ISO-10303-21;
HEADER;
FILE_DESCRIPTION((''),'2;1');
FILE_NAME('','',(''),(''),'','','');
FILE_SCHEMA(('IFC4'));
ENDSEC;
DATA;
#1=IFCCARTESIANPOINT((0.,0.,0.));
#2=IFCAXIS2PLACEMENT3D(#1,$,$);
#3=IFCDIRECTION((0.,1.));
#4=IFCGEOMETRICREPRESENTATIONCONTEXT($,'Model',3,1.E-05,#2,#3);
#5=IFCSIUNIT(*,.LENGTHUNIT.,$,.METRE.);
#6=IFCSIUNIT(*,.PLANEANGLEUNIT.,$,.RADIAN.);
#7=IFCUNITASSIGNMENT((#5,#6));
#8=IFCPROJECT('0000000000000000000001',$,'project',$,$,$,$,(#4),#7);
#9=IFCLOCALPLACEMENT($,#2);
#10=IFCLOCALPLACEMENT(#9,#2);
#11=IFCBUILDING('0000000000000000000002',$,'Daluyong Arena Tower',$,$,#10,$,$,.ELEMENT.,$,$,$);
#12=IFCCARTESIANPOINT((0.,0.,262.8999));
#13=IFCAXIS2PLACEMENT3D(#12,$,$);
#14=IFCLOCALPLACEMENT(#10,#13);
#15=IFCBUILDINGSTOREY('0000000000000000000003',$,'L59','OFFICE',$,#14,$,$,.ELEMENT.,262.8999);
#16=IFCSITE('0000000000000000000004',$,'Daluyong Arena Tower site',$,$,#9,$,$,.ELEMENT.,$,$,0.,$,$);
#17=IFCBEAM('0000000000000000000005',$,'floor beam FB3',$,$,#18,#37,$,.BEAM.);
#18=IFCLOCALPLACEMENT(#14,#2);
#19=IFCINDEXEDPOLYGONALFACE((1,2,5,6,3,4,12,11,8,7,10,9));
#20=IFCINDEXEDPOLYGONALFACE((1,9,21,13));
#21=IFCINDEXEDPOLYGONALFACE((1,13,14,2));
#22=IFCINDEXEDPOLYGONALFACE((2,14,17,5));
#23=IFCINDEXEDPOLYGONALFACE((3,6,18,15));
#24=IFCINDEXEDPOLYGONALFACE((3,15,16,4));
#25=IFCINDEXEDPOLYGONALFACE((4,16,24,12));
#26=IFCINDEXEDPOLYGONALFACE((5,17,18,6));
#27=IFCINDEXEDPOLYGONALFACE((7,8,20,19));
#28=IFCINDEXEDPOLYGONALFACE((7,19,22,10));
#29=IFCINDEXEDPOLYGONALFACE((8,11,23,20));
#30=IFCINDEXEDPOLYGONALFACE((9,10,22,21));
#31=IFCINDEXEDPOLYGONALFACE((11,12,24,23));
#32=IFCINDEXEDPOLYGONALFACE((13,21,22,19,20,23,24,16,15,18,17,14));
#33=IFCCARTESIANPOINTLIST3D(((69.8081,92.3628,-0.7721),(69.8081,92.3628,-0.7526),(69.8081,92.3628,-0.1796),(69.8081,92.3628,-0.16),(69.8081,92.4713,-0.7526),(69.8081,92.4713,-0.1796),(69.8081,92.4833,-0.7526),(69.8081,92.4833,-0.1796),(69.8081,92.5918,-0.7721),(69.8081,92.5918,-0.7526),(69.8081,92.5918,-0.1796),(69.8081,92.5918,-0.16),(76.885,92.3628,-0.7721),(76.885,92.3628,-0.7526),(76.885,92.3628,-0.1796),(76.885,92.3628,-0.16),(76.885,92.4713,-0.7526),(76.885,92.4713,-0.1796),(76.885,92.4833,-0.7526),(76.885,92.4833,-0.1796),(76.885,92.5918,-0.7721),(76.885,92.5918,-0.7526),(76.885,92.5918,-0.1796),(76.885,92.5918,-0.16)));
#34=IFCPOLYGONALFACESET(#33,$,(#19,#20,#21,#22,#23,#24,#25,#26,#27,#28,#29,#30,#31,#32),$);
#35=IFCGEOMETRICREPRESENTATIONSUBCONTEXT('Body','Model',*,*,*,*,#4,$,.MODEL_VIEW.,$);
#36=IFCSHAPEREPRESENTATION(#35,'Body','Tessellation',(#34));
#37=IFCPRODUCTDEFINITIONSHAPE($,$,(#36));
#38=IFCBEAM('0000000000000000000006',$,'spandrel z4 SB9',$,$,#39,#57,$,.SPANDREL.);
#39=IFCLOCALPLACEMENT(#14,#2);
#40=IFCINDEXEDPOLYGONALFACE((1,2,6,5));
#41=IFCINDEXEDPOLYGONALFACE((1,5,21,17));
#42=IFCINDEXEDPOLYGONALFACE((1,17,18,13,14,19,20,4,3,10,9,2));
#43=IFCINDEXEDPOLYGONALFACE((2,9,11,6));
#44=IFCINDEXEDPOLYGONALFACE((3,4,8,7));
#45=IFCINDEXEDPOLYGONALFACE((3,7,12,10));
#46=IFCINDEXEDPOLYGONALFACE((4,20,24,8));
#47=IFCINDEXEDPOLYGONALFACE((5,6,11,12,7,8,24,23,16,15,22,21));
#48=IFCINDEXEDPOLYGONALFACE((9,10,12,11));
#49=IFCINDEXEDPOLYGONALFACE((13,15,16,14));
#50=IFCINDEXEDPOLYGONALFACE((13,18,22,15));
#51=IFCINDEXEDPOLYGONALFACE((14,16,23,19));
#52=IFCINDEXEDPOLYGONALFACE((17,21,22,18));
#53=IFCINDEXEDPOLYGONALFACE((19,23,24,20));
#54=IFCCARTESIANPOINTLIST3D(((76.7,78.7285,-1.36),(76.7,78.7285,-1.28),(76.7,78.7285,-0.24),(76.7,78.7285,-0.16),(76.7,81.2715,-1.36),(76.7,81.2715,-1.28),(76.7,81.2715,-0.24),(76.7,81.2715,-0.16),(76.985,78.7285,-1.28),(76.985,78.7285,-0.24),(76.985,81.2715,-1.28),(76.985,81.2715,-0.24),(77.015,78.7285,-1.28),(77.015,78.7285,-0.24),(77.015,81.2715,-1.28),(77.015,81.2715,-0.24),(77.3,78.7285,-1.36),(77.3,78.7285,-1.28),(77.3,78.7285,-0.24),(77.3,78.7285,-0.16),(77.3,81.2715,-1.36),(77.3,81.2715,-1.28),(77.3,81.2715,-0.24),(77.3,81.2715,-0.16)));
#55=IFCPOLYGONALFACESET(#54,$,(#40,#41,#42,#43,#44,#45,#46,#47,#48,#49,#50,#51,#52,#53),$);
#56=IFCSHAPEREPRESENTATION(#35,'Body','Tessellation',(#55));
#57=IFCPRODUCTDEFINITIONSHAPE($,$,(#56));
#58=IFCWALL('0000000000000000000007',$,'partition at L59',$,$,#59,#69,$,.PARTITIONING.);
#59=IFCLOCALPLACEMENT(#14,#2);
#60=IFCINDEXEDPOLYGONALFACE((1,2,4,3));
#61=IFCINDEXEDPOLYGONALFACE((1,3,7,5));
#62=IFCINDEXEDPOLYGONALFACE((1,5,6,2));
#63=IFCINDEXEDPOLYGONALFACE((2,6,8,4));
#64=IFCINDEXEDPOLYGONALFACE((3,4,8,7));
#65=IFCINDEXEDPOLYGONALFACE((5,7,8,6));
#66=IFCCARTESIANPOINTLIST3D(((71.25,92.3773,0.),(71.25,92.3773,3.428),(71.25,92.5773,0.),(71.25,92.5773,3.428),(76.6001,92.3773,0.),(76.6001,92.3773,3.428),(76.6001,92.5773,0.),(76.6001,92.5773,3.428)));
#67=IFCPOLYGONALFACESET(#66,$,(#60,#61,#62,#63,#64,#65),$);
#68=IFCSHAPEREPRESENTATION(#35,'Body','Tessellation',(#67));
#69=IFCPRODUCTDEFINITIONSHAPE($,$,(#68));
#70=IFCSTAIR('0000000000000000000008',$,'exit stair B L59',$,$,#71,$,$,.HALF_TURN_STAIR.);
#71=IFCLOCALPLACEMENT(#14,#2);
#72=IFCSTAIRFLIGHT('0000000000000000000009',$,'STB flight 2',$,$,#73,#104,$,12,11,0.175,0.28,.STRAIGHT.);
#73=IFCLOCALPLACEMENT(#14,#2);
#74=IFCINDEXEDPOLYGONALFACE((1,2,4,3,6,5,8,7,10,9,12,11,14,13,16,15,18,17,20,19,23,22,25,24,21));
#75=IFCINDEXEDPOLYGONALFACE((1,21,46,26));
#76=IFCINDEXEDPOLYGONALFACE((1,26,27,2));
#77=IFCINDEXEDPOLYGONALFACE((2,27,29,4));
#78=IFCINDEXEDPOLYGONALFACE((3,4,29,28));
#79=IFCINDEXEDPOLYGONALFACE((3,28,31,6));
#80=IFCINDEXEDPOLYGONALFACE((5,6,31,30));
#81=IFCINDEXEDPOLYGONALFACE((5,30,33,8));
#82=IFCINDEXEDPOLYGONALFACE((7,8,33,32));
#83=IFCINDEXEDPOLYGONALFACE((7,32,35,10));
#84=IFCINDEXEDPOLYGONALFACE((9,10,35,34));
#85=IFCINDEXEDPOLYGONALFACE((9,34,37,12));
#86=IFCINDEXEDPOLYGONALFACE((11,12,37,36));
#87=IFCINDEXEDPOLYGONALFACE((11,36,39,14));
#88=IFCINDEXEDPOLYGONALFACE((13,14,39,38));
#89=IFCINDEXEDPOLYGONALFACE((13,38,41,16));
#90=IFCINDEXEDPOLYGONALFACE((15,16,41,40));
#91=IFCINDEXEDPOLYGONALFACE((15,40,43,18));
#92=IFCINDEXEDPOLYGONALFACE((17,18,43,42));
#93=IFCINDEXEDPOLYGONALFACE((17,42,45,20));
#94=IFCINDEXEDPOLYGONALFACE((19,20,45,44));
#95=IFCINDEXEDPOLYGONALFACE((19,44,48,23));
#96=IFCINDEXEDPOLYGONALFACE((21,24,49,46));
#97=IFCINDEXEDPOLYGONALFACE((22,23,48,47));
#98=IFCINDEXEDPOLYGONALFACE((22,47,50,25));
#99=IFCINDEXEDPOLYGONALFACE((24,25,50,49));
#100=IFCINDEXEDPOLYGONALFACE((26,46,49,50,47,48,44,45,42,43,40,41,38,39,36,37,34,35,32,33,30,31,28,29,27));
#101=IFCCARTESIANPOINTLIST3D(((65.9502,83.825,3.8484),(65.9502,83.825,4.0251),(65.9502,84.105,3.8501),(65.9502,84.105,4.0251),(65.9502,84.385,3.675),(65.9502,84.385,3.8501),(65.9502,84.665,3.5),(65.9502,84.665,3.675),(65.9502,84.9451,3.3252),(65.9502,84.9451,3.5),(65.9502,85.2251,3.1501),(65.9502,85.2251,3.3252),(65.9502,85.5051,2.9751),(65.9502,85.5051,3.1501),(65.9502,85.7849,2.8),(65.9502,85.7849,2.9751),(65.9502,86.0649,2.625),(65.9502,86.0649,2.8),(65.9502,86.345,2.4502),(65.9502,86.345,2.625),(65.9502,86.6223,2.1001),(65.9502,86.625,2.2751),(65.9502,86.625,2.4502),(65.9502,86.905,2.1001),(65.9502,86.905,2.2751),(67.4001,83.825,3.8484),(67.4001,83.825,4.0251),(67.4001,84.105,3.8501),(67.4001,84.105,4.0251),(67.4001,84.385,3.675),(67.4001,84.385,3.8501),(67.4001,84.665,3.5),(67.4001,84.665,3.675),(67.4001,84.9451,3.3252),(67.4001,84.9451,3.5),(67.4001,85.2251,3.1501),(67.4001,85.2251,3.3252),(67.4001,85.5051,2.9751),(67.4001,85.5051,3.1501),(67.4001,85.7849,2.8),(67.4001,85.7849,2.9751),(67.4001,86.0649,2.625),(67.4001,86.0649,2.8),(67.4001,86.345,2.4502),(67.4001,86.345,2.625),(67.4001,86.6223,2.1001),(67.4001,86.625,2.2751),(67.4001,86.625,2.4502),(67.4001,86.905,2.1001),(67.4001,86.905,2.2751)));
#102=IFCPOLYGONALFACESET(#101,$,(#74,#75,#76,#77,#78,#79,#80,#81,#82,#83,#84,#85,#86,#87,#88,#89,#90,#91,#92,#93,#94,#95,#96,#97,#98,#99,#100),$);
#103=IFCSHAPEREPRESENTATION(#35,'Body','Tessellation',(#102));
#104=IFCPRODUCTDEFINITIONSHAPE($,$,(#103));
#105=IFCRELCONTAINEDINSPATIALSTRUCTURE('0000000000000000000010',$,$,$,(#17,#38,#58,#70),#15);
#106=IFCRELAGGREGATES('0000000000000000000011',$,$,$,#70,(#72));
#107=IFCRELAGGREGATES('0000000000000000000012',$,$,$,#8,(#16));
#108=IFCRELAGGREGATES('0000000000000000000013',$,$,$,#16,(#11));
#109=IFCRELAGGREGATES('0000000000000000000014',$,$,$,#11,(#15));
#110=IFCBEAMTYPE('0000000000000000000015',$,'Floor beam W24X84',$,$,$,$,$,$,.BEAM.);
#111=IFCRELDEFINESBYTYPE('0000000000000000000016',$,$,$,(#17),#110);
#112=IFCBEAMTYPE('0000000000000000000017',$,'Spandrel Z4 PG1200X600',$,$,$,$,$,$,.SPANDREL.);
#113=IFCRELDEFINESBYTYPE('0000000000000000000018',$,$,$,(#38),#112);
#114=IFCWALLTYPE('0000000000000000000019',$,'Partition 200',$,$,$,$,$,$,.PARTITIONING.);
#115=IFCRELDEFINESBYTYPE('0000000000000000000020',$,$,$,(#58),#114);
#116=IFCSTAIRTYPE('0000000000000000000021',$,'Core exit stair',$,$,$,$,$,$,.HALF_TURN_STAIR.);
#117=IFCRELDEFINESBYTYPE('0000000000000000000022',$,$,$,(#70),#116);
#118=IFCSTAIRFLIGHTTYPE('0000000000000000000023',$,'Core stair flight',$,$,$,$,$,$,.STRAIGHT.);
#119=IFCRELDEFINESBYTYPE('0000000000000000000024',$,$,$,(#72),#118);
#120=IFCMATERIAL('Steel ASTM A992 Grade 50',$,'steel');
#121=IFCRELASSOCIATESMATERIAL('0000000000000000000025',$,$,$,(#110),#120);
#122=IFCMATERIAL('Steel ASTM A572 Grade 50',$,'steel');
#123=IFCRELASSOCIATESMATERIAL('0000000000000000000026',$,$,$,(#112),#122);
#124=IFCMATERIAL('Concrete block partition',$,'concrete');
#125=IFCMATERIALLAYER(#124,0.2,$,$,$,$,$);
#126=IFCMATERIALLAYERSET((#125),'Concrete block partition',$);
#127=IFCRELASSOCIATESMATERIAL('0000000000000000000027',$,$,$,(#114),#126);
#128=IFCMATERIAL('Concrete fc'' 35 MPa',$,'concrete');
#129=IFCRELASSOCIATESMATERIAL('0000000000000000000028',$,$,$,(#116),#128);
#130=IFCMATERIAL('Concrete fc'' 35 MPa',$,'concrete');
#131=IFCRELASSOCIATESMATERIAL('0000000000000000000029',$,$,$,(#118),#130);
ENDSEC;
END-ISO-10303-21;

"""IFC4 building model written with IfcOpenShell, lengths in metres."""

from ifc_helpers import new_model, si_unit, direction, frame, frame_2d, origin, origin_2d, place, context, subcontext, project, spatial, polyline, rectangle, i_section, outline, extrude, material, layer, layer_set, material_profile, profile_set, type_object, element, aggregate, save


model = new_model("IFC4")

# Units and contexts
model_context = context("Model", 3, precision=1e-05, world=origin(), true_north=direction((0.0, 1.0)))
body_context = subcontext(model_context, "Body", "Model", "MODEL_VIEW")
ifc_project = project(units=[si_unit("LENGTHUNIT", "METRE"), si_unit("PLANEANGLEUNIT", "RADIAN")], contexts=[model_context])

# Site, building, storey
site_placement = place(None, origin())
site = spatial("IfcSite", under=ifc_project, at=site_placement, Name="Daluyong Arena Tower site", CompositionType="ELEMENT", RefElevation=0.0)
building_placement = place(site_placement, origin())
building = spatial("IfcBuilding", under=site, at=building_placement, Name="Daluyong Arena Tower", CompositionType="ELEMENT")
storey_placement = place(building_placement, frame((0.0, 0.0, 262.8999)))
storey = spatial("IfcBuildingStorey", under=building, at=storey_placement, Name="L59", Description="OFFICE", CompositionType="ELEMENT", Elevation=262.8999)

# Beams
ifc_material_1 = material(Name="Steel ASTM A992 Grade 50", Category="steel")
ifc_material_profile_1 = material_profile(ifc_material_1, i_section(OverallWidth=0.229, OverallDepth=0.6121, WebThickness=0.012, FlangeThickness=0.0195, at=origin_2d()))
ifc_profile_set_1 = profile_set([ifc_material_profile_1], Name="Steel ASTM A992 Grade 50")
beam_type_1 = type_object("IfcBeamType", Name="Floor beam W24X84", PredefinedType="BEAM", material=ifc_profile_set_1)
beam_1_placement = place(storey_placement, frame((76.885, 92.4773, -0.4661), z_axis=(-1.0, 0.0, 0.0), x_axis=(0.0, -1.0, 0.0)))
element("IfcBeam", 1, at=beam_1_placement, inside=storey, type_object=beam_type_1, Name="floor beam FB3", PredefinedType="BEAM", context=body_context, shape_type="SweptSolid", body=[
    extrude(i_section(OverallWidth=0.229, OverallDepth=0.6121, WebThickness=0.012, FlangeThickness=0.0195, at=origin_2d()), origin(), (0.0, 0.0, 1.0), 7.0769),
])
ifc_material_2 = material(Name="Steel ASTM A572 Grade 50", Category="steel")
ifc_material_profile_2 = material_profile(ifc_material_2, i_section(OverallWidth=0.6001, OverallDepth=1.2, WebThickness=0.03, FlangeThickness=0.08, at=origin_2d()))
ifc_profile_set_2 = profile_set([ifc_material_profile_2], Name="Steel ASTM A572 Grade 50")
beam_type_2 = type_object("IfcBeamType", Name="Spandrel Z4 PG1200X600", PredefinedType="SPANDREL", material=ifc_profile_set_2)
beam_2_placement = place(storey_placement, frame((77.0, 78.7285, -0.76), z_axis=(0.0, 1.0, 0.0), x_axis=(-1.0, 0.0, 0.0)))
element("IfcBeam", 2, at=beam_2_placement, inside=storey, type_object=beam_type_2, Name="spandrel z4 SB9", PredefinedType="SPANDREL", context=body_context, shape_type="SweptSolid", body=[
    extrude(i_section(OverallWidth=0.6001, OverallDepth=1.2, WebThickness=0.03, FlangeThickness=0.08, at=origin_2d()), origin(), (0.0, 0.0, 1.0), 2.543),
])

# Wall
ifc_material_3 = material(Name="Concrete block partition", Category="concrete")
ifc_layer_1 = layer(ifc_material_3, 0.2)
ifc_layer_set_1 = layer_set([ifc_layer_1], Name="Concrete block partition")
wall_type_1 = type_object("IfcWallType", Name="Partition 200", PredefinedType="PARTITIONING", material=ifc_layer_set_1)
wall_1_placement = place(storey_placement, frame((71.25, 92.4773, 0.0), z_axis=(0.0, 0.0, 1.0), x_axis=(1.0, 0.0, 0.0)))
element("IfcWall", 3, at=wall_1_placement, inside=storey, type_object=wall_type_1, Name="partition at L59", PredefinedType="PARTITIONING", context=body_context, shape_type="SweptSolid", body=[
    extrude(rectangle(XDim=5.3501, YDim=0.2, at=frame_2d((2.675, 0.0))), origin(), (0.0, 0.0, 1.0), 3.428),
])

# Stair, stair flight
ifc_material_4 = material(Name="Concrete fc' 35 MPa", Category="concrete")
stair_type = type_object("IfcStairType", Name="Core exit stair", PredefinedType="HALF_TURN_STAIR", material=ifc_material_4)
stair_placement = place(storey_placement, origin())
stair = element("IfcStair", 4, at=stair_placement, inside=storey, type_object=stair_type, Name="exit stair B L59", PredefinedType="HALF_TURN_STAIR")
ifc_material_5 = material(Name="Concrete fc' 35 MPa", Category="concrete")
stair_flight_type = type_object("IfcStairFlightType", Name="Core stair flight", PredefinedType="STRAIGHT", material=ifc_material_5)
stair_flight_placement = place(storey_placement, frame((66.675, 86.905, 2.1001), z_axis=(0.0, 0.0, 1.0), x_axis=(0.0, -1.0, 0.0)))
stair_flight = element("IfcStairFlight", 5, at=stair_flight_placement, type_object=stair_flight_type, Name="STB flight 2", NumberOfRisers=12, NumberOfTreads=11, PredefinedType="STRAIGHT", RiserHeight=0.175, TreadLength=0.28, context=body_context, shape_type="SweptSolid", body=[
    extrude(outline(polyline([(0.0, 0.0), (0.0, 0.175), (0.28, 0.175), (0.28, 0.3501), (0.5601, 0.3501), (0.5601, 0.5249), (0.8401, 0.5249), (0.8401, 0.7), (1.1201, 0.7), (1.1201, 0.875), (1.3999, 0.875), (1.3999, 1.05), (1.6799, 1.05), (1.6799, 1.2251), (1.96, 1.2251), (1.96, 1.3999), (2.24, 1.3999), (2.24, 1.575), (2.52, 1.575), (2.52, 1.75), (2.8, 1.75), (2.8, 1.925), (3.0801, 1.925), (3.0801, 2.1001), (3.0801, 1.7483), (0.2827, 0.0), (0.0, 0.0)])), frame((0.0, 0.7251, 0.0), z_axis=(0.0, -1.0, 0.0), x_axis=(1.0, 0.0, 0.0)), (0.0, 0.0, 1.0), 1.45),
])
aggregate(stair, [stair_flight])

save(model, "model.ifc")
